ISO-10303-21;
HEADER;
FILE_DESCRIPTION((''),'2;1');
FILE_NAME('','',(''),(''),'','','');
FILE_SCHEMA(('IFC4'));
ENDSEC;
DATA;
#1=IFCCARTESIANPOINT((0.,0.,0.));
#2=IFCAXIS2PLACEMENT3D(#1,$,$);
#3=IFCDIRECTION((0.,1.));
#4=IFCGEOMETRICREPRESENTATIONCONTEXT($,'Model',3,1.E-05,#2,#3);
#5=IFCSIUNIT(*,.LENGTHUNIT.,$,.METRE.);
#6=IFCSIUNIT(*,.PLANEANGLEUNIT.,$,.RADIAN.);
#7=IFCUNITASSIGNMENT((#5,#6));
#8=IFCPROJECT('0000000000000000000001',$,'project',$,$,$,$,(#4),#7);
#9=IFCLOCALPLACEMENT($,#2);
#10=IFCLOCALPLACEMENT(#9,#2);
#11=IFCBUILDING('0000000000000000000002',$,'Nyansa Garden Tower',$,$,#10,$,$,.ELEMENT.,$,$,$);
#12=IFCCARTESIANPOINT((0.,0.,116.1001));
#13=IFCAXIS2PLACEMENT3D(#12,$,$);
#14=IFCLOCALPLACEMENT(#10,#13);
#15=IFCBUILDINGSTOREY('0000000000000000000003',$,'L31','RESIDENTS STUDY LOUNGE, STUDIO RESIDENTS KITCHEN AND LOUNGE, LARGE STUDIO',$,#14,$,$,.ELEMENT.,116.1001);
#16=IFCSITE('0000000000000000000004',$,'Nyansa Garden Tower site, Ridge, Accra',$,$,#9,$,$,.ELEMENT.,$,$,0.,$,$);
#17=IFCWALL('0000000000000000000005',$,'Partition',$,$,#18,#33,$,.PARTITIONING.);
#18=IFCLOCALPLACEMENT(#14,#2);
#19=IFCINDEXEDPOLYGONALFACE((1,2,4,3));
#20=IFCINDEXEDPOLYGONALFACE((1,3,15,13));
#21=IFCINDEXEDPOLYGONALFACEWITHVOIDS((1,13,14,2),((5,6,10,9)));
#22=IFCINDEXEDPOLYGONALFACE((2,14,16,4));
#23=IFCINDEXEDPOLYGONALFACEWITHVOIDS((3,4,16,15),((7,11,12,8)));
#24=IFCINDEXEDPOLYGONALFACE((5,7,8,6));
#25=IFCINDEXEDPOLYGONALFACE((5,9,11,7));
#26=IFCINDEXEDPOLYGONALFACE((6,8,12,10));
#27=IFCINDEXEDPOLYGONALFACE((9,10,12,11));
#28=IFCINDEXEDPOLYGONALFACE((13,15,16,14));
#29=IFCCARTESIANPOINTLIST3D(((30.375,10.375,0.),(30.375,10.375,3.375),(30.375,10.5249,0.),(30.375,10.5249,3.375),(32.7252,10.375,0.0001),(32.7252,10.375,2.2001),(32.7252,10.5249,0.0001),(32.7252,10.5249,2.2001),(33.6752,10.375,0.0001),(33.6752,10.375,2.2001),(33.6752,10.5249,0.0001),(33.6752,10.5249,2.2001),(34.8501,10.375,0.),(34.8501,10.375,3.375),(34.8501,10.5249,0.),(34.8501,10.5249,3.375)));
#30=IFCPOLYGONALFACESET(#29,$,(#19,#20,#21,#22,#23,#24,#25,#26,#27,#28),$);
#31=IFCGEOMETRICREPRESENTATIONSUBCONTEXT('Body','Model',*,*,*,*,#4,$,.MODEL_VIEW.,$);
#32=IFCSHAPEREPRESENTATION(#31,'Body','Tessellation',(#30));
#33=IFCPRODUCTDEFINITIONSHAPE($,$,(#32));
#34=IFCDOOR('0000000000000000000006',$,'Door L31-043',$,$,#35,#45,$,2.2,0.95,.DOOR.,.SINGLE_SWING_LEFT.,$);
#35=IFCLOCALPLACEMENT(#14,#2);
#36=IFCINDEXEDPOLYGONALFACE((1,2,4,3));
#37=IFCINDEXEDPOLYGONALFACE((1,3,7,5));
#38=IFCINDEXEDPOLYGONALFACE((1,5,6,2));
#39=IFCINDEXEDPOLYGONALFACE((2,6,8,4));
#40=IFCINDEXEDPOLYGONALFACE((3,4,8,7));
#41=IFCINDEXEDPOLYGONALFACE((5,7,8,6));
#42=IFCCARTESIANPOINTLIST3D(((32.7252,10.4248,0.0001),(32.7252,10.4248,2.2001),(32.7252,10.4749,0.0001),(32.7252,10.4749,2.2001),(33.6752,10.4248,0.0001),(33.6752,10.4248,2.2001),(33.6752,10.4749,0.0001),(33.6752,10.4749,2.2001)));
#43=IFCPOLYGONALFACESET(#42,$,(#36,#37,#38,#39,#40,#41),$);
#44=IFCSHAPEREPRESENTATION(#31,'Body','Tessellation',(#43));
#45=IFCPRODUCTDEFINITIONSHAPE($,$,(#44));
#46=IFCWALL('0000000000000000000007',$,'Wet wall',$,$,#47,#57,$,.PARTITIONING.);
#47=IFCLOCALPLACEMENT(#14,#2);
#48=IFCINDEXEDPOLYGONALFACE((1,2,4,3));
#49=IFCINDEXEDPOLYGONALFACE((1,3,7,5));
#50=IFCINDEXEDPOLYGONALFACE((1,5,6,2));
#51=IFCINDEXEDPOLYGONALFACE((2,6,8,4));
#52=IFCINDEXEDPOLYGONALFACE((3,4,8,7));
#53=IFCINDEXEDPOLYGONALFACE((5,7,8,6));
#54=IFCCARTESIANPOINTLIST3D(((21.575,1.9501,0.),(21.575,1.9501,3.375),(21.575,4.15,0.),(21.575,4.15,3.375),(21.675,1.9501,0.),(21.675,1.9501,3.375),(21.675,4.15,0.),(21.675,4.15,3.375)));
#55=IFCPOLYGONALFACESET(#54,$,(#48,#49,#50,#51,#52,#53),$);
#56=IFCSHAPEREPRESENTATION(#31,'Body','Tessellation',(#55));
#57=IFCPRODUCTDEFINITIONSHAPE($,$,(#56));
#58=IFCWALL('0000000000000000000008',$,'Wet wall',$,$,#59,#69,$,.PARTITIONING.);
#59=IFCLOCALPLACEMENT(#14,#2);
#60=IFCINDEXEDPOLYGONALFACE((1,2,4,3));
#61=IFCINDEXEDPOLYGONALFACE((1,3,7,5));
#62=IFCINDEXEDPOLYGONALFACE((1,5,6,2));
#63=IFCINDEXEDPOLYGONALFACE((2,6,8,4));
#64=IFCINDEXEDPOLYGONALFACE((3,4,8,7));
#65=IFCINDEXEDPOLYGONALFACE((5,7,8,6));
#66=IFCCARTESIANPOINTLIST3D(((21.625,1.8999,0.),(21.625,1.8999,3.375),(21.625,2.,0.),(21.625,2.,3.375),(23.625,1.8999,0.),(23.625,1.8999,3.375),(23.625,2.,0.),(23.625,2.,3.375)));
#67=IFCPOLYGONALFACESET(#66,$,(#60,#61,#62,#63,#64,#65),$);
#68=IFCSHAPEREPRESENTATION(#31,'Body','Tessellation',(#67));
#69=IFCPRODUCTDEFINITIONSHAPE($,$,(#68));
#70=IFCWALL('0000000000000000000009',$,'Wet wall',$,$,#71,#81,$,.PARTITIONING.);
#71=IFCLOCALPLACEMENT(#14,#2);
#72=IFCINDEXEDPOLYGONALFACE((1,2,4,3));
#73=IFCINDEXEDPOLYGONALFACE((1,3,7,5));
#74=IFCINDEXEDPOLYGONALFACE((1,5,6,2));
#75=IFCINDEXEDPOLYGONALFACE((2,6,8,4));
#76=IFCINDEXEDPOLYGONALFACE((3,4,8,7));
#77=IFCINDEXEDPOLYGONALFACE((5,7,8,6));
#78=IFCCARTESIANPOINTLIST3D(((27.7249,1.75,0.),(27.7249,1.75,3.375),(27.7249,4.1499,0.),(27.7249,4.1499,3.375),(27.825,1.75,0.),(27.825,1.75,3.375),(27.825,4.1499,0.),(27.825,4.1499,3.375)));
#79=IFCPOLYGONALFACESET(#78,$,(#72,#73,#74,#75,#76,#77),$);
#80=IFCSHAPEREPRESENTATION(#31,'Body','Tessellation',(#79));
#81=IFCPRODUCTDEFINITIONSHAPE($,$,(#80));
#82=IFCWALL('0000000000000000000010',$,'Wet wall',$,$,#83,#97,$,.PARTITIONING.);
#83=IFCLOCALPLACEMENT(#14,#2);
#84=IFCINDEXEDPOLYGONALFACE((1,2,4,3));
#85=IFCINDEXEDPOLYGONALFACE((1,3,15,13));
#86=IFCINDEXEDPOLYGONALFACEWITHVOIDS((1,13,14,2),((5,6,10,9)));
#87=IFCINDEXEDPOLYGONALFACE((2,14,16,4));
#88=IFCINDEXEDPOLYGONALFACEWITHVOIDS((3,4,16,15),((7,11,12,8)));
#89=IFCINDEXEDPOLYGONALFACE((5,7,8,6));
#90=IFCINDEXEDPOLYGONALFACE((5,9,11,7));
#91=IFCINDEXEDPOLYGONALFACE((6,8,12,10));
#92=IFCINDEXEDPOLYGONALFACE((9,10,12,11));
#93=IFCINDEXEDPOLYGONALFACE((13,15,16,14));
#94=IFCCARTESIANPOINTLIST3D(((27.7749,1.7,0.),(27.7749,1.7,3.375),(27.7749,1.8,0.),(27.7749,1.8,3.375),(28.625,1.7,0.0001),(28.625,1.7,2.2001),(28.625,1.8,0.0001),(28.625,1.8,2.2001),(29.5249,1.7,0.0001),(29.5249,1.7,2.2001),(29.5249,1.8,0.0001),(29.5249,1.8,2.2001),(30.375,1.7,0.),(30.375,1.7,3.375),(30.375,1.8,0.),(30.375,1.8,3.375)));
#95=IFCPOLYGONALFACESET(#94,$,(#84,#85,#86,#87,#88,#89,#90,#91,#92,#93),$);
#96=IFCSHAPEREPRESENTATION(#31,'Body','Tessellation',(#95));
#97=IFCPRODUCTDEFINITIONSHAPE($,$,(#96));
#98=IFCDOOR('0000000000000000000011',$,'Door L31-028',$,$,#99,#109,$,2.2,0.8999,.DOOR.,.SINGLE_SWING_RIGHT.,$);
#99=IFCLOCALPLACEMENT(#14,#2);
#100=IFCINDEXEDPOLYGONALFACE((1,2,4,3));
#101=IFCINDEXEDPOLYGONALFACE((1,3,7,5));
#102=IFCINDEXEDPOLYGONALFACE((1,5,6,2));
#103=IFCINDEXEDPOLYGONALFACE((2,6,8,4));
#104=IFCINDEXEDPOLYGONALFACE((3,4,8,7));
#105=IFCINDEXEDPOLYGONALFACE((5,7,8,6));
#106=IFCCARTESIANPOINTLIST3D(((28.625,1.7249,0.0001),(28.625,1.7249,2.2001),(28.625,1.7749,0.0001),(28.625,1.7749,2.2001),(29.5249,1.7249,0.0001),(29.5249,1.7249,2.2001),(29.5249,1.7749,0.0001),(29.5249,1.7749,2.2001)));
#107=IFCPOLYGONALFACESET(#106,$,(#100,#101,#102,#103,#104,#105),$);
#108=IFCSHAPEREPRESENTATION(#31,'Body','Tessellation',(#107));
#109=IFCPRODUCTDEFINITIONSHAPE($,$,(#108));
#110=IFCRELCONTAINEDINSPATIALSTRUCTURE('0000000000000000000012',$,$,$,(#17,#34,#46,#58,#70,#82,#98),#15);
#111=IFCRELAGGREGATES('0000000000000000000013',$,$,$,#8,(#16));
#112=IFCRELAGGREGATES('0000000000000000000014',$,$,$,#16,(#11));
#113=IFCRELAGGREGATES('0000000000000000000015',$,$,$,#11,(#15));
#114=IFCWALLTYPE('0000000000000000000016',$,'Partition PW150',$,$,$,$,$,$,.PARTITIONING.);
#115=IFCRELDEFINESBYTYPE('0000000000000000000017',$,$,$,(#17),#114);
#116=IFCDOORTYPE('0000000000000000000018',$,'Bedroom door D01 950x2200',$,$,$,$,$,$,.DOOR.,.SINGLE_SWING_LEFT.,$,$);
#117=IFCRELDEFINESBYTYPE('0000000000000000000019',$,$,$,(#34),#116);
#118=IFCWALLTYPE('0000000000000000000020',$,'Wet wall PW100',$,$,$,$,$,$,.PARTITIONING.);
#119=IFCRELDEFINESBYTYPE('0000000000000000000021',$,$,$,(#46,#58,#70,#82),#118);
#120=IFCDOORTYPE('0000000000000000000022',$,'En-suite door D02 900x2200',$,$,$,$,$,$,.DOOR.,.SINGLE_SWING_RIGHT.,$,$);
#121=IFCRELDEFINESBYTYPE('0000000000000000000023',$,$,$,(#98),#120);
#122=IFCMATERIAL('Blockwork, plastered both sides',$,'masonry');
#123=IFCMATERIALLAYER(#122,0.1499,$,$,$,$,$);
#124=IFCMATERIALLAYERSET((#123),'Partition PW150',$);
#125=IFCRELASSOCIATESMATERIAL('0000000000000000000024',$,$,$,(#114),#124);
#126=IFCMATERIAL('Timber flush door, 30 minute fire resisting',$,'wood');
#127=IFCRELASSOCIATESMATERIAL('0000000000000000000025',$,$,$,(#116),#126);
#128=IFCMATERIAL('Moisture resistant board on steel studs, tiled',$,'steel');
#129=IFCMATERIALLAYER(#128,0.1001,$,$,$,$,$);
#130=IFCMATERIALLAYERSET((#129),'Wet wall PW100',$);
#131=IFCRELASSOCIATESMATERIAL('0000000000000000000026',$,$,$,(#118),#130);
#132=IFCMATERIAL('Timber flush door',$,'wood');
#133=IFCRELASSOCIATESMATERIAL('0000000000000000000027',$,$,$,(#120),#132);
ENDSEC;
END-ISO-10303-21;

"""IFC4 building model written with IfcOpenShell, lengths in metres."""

from ifc_helpers import new_model, si_unit, direction, frame, frame_2d, origin, place, context, subcontext, project, spatial, rectangle, extrude, material, layer, layer_set, type_object, element, fill, save


model = new_model("IFC4")

# Units and contexts
model_context = context("Model", 3, precision=1e-05, world=origin(), true_north=direction((0.0, 1.0)))
body_context = subcontext(model_context, "Body", "Model", "MODEL_VIEW")
ifc_project = project(units=[si_unit("LENGTHUNIT", "METRE"), si_unit("PLANEANGLEUNIT", "RADIAN")], contexts=[model_context])

# Site, building, storey
site_placement = place(None, origin())
site = spatial("IfcSite", under=ifc_project, at=site_placement, Name="Nyansa Garden Tower site, Ridge, Accra", CompositionType="ELEMENT", RefElevation=0.0)
building_placement = place(site_placement, origin())
building = spatial("IfcBuilding", under=site, at=building_placement, Name="Nyansa Garden Tower", CompositionType="ELEMENT")
storey_placement = place(building_placement, frame((0.0, 0.0, 116.1001)))
storey = spatial("IfcBuildingStorey", under=building, at=storey_placement, Name="L31", Description="RESIDENTS STUDY LOUNGE, STUDIO RESIDENTS KITCHEN AND LOUNGE, LARGE STUDIO", CompositionType="ELEMENT", Elevation=116.1001)

# Shared definitions
ifc_material_1 = material(Name="Blockwork, plastered both sides", Category="masonry")
ifc_layer_1 = layer(ifc_material_1, 0.1499)
ifc_layer_set_1 = layer_set([ifc_layer_1], Name="Partition PW150")
wall_type_1 = type_object("IfcWallType", Name="Partition PW150", PredefinedType="PARTITIONING", material=ifc_layer_set_1)
ifc_material_2 = material(Name="Timber flush door, 30 minute fire resisting", Category="wood")
door_type_1 = type_object("IfcDoorType", Name="Bedroom door D01 950x2200", OperationType="SINGLE_SWING_LEFT", PredefinedType="DOOR", material=ifc_material_2)

# Wall, opening, door
wall_1_placement = place(storey_placement, frame((30.375, 10.45, 0.0), z_axis=(0.0, 0.0, 1.0), x_axis=(1.0, 0.0, 0.0)))
wall_1 = element("IfcWall", 1, at=wall_1_placement, inside=storey, type_object=wall_type_1, Name="Partition", PredefinedType="PARTITIONING", context=body_context, shape_type="SweptSolid", body=[
    extrude(rectangle(XDim=4.4751, YDim=0.1499, at=frame_2d((2.2375, 0.0))), origin(), (0.0, 0.0, 1.0), 3.375),
])
opening_1_placement = place(wall_1_placement, frame((2.3501, 0.0, 0.0)))
opening_1 = element("IfcOpeningElement", 2, at=opening_1_placement, cuts=wall_1, PredefinedType="OPENING", context=body_context, shape_type="SweptSolid", body=[
    extrude(rectangle(XDim=0.95, YDim=2.2, at=frame_2d((0.4751, 1.1001))), frame((0.0, 0.085, 0.0), z_axis=(0.0, -1.0, 0.0), x_axis=(1.0, 0.0, 0.0)), (0.0, 0.0, 1.0), 0.1699),
])
door_1_placement = place(opening_1_placement, origin())
door_1 = element("IfcDoor", 3, at=door_1_placement, inside=storey, type_object=door_type_1, Name="Door L31-043", OperationType="SINGLE_SWING_LEFT", OverallHeight=2.2, OverallWidth=0.95, PredefinedType="DOOR", context=body_context, shape_type="SweptSolid", body=[
    extrude(rectangle(XDim=0.95, YDim=2.2, at=frame_2d((0.4751, 1.1001))), frame((0.0, 0.0249, 0.0), z_axis=(0.0, -1.0, 0.0), x_axis=(1.0, 0.0, 0.0)), (0.0, 0.0, 1.0), 0.05),
])
fill(opening_1, door_1)

# Walls
ifc_material_3 = material(Name="Moisture resistant board on steel studs, tiled", Category="steel")
ifc_layer_2 = layer(ifc_material_3, 0.1001)
ifc_layer_set_2 = layer_set([ifc_layer_2], Name="Wet wall PW100")
wall_type_2 = type_object("IfcWallType", Name="Wet wall PW100", PredefinedType="PARTITIONING", material=ifc_layer_set_2)
wall_2_placement = place(storey_placement, frame((21.625, 1.95, 0.0), z_axis=(0.0, 0.0, 1.0), x_axis=(0.0, 1.0, 0.0)))
element("IfcWall", 4, at=wall_2_placement, inside=storey, type_object=wall_type_2, Name="Wet wall", PredefinedType="PARTITIONING", context=body_context, shape_type="SweptSolid", body=[
    extrude(rectangle(XDim=2.2, YDim=0.1001, at=frame_2d((1.1001, 0.0))), origin(), (0.0, 0.0, 1.0), 3.375),
])
wall_3_placement = place(storey_placement, frame((21.625, 1.95, 0.0), z_axis=(0.0, 0.0, 1.0), x_axis=(1.0, 0.0, 0.0)))
element("IfcWall", 5, at=wall_3_placement, inside=storey, type_object=wall_type_2, Name="Wet wall", PredefinedType="PARTITIONING", context=body_context, shape_type="SweptSolid", body=[
    extrude(rectangle(XDim=2.0, YDim=0.1001, at=frame_2d((1.0, 0.0))), origin(), (0.0, 0.0, 1.0), 3.375),
])
wall_4_placement = place(storey_placement, frame((27.7749, 1.75, 0.0), z_axis=(0.0, 0.0, 1.0), x_axis=(0.0, 1.0, 0.0)))
element("IfcWall", 6, at=wall_4_placement, inside=storey, type_object=wall_type_2, Name="Wet wall", PredefinedType="PARTITIONING", context=body_context, shape_type="SweptSolid", body=[
    extrude(rectangle(XDim=2.3999, YDim=0.1001, at=frame_2d((1.2, 0.0))), origin(), (0.0, 0.0, 1.0), 3.375),
])

# Wall, opening, door
wall_5_placement = place(storey_placement, frame((27.7749, 1.75, 0.0), z_axis=(0.0, 0.0, 1.0), x_axis=(1.0, 0.0, 0.0)))
wall_5 = element("IfcWall", 7, at=wall_5_placement, inside=storey, type_object=wall_type_2, Name="Wet wall", PredefinedType="PARTITIONING", context=body_context, shape_type="SweptSolid", body=[
    extrude(rectangle(XDim=2.6001, YDim=0.1001, at=frame_2d((1.3, 0.0))), origin(), (0.0, 0.0, 1.0), 3.375),
])
opening_2_placement = place(wall_5_placement, frame((0.8501, 0.0, 0.0)))
opening_2 = element("IfcOpeningElement", 8, at=opening_2_placement, cuts=wall_5, PredefinedType="OPENING", context=body_context, shape_type="SweptSolid", body=[
    extrude(rectangle(XDim=0.8999, YDim=2.2, at=frame_2d((0.45, 1.1001))), frame((0.0, 0.0601, 0.0), z_axis=(0.0, -1.0, 0.0), x_axis=(1.0, 0.0, 0.0)), (0.0, 0.0, 1.0), 0.1201),
])
ifc_material_4 = material(Name="Timber flush door", Category="wood")
door_type_2 = type_object("IfcDoorType", Name="En-suite door D02 900x2200", OperationType="SINGLE_SWING_RIGHT", PredefinedType="DOOR", material=ifc_material_4)
door_2_placement = place(opening_2_placement, origin())
door_2 = element("IfcDoor", 9, at=door_2_placement, inside=storey, type_object=door_type_2, Name="Door L31-028", OperationType="SINGLE_SWING_RIGHT", OverallHeight=2.2, OverallWidth=0.8999, PredefinedType="DOOR", context=body_context, shape_type="SweptSolid", body=[
    extrude(rectangle(XDim=0.8999, YDim=2.2, at=frame_2d((0.45, 1.1001))), frame((0.0, 0.0249, 0.0), z_axis=(0.0, -1.0, 0.0), x_axis=(1.0, 0.0, 0.0)), (0.0, 0.0, 1.0), 0.05),
])
fill(opening_2, door_2)

save(model, "model.ifc")
